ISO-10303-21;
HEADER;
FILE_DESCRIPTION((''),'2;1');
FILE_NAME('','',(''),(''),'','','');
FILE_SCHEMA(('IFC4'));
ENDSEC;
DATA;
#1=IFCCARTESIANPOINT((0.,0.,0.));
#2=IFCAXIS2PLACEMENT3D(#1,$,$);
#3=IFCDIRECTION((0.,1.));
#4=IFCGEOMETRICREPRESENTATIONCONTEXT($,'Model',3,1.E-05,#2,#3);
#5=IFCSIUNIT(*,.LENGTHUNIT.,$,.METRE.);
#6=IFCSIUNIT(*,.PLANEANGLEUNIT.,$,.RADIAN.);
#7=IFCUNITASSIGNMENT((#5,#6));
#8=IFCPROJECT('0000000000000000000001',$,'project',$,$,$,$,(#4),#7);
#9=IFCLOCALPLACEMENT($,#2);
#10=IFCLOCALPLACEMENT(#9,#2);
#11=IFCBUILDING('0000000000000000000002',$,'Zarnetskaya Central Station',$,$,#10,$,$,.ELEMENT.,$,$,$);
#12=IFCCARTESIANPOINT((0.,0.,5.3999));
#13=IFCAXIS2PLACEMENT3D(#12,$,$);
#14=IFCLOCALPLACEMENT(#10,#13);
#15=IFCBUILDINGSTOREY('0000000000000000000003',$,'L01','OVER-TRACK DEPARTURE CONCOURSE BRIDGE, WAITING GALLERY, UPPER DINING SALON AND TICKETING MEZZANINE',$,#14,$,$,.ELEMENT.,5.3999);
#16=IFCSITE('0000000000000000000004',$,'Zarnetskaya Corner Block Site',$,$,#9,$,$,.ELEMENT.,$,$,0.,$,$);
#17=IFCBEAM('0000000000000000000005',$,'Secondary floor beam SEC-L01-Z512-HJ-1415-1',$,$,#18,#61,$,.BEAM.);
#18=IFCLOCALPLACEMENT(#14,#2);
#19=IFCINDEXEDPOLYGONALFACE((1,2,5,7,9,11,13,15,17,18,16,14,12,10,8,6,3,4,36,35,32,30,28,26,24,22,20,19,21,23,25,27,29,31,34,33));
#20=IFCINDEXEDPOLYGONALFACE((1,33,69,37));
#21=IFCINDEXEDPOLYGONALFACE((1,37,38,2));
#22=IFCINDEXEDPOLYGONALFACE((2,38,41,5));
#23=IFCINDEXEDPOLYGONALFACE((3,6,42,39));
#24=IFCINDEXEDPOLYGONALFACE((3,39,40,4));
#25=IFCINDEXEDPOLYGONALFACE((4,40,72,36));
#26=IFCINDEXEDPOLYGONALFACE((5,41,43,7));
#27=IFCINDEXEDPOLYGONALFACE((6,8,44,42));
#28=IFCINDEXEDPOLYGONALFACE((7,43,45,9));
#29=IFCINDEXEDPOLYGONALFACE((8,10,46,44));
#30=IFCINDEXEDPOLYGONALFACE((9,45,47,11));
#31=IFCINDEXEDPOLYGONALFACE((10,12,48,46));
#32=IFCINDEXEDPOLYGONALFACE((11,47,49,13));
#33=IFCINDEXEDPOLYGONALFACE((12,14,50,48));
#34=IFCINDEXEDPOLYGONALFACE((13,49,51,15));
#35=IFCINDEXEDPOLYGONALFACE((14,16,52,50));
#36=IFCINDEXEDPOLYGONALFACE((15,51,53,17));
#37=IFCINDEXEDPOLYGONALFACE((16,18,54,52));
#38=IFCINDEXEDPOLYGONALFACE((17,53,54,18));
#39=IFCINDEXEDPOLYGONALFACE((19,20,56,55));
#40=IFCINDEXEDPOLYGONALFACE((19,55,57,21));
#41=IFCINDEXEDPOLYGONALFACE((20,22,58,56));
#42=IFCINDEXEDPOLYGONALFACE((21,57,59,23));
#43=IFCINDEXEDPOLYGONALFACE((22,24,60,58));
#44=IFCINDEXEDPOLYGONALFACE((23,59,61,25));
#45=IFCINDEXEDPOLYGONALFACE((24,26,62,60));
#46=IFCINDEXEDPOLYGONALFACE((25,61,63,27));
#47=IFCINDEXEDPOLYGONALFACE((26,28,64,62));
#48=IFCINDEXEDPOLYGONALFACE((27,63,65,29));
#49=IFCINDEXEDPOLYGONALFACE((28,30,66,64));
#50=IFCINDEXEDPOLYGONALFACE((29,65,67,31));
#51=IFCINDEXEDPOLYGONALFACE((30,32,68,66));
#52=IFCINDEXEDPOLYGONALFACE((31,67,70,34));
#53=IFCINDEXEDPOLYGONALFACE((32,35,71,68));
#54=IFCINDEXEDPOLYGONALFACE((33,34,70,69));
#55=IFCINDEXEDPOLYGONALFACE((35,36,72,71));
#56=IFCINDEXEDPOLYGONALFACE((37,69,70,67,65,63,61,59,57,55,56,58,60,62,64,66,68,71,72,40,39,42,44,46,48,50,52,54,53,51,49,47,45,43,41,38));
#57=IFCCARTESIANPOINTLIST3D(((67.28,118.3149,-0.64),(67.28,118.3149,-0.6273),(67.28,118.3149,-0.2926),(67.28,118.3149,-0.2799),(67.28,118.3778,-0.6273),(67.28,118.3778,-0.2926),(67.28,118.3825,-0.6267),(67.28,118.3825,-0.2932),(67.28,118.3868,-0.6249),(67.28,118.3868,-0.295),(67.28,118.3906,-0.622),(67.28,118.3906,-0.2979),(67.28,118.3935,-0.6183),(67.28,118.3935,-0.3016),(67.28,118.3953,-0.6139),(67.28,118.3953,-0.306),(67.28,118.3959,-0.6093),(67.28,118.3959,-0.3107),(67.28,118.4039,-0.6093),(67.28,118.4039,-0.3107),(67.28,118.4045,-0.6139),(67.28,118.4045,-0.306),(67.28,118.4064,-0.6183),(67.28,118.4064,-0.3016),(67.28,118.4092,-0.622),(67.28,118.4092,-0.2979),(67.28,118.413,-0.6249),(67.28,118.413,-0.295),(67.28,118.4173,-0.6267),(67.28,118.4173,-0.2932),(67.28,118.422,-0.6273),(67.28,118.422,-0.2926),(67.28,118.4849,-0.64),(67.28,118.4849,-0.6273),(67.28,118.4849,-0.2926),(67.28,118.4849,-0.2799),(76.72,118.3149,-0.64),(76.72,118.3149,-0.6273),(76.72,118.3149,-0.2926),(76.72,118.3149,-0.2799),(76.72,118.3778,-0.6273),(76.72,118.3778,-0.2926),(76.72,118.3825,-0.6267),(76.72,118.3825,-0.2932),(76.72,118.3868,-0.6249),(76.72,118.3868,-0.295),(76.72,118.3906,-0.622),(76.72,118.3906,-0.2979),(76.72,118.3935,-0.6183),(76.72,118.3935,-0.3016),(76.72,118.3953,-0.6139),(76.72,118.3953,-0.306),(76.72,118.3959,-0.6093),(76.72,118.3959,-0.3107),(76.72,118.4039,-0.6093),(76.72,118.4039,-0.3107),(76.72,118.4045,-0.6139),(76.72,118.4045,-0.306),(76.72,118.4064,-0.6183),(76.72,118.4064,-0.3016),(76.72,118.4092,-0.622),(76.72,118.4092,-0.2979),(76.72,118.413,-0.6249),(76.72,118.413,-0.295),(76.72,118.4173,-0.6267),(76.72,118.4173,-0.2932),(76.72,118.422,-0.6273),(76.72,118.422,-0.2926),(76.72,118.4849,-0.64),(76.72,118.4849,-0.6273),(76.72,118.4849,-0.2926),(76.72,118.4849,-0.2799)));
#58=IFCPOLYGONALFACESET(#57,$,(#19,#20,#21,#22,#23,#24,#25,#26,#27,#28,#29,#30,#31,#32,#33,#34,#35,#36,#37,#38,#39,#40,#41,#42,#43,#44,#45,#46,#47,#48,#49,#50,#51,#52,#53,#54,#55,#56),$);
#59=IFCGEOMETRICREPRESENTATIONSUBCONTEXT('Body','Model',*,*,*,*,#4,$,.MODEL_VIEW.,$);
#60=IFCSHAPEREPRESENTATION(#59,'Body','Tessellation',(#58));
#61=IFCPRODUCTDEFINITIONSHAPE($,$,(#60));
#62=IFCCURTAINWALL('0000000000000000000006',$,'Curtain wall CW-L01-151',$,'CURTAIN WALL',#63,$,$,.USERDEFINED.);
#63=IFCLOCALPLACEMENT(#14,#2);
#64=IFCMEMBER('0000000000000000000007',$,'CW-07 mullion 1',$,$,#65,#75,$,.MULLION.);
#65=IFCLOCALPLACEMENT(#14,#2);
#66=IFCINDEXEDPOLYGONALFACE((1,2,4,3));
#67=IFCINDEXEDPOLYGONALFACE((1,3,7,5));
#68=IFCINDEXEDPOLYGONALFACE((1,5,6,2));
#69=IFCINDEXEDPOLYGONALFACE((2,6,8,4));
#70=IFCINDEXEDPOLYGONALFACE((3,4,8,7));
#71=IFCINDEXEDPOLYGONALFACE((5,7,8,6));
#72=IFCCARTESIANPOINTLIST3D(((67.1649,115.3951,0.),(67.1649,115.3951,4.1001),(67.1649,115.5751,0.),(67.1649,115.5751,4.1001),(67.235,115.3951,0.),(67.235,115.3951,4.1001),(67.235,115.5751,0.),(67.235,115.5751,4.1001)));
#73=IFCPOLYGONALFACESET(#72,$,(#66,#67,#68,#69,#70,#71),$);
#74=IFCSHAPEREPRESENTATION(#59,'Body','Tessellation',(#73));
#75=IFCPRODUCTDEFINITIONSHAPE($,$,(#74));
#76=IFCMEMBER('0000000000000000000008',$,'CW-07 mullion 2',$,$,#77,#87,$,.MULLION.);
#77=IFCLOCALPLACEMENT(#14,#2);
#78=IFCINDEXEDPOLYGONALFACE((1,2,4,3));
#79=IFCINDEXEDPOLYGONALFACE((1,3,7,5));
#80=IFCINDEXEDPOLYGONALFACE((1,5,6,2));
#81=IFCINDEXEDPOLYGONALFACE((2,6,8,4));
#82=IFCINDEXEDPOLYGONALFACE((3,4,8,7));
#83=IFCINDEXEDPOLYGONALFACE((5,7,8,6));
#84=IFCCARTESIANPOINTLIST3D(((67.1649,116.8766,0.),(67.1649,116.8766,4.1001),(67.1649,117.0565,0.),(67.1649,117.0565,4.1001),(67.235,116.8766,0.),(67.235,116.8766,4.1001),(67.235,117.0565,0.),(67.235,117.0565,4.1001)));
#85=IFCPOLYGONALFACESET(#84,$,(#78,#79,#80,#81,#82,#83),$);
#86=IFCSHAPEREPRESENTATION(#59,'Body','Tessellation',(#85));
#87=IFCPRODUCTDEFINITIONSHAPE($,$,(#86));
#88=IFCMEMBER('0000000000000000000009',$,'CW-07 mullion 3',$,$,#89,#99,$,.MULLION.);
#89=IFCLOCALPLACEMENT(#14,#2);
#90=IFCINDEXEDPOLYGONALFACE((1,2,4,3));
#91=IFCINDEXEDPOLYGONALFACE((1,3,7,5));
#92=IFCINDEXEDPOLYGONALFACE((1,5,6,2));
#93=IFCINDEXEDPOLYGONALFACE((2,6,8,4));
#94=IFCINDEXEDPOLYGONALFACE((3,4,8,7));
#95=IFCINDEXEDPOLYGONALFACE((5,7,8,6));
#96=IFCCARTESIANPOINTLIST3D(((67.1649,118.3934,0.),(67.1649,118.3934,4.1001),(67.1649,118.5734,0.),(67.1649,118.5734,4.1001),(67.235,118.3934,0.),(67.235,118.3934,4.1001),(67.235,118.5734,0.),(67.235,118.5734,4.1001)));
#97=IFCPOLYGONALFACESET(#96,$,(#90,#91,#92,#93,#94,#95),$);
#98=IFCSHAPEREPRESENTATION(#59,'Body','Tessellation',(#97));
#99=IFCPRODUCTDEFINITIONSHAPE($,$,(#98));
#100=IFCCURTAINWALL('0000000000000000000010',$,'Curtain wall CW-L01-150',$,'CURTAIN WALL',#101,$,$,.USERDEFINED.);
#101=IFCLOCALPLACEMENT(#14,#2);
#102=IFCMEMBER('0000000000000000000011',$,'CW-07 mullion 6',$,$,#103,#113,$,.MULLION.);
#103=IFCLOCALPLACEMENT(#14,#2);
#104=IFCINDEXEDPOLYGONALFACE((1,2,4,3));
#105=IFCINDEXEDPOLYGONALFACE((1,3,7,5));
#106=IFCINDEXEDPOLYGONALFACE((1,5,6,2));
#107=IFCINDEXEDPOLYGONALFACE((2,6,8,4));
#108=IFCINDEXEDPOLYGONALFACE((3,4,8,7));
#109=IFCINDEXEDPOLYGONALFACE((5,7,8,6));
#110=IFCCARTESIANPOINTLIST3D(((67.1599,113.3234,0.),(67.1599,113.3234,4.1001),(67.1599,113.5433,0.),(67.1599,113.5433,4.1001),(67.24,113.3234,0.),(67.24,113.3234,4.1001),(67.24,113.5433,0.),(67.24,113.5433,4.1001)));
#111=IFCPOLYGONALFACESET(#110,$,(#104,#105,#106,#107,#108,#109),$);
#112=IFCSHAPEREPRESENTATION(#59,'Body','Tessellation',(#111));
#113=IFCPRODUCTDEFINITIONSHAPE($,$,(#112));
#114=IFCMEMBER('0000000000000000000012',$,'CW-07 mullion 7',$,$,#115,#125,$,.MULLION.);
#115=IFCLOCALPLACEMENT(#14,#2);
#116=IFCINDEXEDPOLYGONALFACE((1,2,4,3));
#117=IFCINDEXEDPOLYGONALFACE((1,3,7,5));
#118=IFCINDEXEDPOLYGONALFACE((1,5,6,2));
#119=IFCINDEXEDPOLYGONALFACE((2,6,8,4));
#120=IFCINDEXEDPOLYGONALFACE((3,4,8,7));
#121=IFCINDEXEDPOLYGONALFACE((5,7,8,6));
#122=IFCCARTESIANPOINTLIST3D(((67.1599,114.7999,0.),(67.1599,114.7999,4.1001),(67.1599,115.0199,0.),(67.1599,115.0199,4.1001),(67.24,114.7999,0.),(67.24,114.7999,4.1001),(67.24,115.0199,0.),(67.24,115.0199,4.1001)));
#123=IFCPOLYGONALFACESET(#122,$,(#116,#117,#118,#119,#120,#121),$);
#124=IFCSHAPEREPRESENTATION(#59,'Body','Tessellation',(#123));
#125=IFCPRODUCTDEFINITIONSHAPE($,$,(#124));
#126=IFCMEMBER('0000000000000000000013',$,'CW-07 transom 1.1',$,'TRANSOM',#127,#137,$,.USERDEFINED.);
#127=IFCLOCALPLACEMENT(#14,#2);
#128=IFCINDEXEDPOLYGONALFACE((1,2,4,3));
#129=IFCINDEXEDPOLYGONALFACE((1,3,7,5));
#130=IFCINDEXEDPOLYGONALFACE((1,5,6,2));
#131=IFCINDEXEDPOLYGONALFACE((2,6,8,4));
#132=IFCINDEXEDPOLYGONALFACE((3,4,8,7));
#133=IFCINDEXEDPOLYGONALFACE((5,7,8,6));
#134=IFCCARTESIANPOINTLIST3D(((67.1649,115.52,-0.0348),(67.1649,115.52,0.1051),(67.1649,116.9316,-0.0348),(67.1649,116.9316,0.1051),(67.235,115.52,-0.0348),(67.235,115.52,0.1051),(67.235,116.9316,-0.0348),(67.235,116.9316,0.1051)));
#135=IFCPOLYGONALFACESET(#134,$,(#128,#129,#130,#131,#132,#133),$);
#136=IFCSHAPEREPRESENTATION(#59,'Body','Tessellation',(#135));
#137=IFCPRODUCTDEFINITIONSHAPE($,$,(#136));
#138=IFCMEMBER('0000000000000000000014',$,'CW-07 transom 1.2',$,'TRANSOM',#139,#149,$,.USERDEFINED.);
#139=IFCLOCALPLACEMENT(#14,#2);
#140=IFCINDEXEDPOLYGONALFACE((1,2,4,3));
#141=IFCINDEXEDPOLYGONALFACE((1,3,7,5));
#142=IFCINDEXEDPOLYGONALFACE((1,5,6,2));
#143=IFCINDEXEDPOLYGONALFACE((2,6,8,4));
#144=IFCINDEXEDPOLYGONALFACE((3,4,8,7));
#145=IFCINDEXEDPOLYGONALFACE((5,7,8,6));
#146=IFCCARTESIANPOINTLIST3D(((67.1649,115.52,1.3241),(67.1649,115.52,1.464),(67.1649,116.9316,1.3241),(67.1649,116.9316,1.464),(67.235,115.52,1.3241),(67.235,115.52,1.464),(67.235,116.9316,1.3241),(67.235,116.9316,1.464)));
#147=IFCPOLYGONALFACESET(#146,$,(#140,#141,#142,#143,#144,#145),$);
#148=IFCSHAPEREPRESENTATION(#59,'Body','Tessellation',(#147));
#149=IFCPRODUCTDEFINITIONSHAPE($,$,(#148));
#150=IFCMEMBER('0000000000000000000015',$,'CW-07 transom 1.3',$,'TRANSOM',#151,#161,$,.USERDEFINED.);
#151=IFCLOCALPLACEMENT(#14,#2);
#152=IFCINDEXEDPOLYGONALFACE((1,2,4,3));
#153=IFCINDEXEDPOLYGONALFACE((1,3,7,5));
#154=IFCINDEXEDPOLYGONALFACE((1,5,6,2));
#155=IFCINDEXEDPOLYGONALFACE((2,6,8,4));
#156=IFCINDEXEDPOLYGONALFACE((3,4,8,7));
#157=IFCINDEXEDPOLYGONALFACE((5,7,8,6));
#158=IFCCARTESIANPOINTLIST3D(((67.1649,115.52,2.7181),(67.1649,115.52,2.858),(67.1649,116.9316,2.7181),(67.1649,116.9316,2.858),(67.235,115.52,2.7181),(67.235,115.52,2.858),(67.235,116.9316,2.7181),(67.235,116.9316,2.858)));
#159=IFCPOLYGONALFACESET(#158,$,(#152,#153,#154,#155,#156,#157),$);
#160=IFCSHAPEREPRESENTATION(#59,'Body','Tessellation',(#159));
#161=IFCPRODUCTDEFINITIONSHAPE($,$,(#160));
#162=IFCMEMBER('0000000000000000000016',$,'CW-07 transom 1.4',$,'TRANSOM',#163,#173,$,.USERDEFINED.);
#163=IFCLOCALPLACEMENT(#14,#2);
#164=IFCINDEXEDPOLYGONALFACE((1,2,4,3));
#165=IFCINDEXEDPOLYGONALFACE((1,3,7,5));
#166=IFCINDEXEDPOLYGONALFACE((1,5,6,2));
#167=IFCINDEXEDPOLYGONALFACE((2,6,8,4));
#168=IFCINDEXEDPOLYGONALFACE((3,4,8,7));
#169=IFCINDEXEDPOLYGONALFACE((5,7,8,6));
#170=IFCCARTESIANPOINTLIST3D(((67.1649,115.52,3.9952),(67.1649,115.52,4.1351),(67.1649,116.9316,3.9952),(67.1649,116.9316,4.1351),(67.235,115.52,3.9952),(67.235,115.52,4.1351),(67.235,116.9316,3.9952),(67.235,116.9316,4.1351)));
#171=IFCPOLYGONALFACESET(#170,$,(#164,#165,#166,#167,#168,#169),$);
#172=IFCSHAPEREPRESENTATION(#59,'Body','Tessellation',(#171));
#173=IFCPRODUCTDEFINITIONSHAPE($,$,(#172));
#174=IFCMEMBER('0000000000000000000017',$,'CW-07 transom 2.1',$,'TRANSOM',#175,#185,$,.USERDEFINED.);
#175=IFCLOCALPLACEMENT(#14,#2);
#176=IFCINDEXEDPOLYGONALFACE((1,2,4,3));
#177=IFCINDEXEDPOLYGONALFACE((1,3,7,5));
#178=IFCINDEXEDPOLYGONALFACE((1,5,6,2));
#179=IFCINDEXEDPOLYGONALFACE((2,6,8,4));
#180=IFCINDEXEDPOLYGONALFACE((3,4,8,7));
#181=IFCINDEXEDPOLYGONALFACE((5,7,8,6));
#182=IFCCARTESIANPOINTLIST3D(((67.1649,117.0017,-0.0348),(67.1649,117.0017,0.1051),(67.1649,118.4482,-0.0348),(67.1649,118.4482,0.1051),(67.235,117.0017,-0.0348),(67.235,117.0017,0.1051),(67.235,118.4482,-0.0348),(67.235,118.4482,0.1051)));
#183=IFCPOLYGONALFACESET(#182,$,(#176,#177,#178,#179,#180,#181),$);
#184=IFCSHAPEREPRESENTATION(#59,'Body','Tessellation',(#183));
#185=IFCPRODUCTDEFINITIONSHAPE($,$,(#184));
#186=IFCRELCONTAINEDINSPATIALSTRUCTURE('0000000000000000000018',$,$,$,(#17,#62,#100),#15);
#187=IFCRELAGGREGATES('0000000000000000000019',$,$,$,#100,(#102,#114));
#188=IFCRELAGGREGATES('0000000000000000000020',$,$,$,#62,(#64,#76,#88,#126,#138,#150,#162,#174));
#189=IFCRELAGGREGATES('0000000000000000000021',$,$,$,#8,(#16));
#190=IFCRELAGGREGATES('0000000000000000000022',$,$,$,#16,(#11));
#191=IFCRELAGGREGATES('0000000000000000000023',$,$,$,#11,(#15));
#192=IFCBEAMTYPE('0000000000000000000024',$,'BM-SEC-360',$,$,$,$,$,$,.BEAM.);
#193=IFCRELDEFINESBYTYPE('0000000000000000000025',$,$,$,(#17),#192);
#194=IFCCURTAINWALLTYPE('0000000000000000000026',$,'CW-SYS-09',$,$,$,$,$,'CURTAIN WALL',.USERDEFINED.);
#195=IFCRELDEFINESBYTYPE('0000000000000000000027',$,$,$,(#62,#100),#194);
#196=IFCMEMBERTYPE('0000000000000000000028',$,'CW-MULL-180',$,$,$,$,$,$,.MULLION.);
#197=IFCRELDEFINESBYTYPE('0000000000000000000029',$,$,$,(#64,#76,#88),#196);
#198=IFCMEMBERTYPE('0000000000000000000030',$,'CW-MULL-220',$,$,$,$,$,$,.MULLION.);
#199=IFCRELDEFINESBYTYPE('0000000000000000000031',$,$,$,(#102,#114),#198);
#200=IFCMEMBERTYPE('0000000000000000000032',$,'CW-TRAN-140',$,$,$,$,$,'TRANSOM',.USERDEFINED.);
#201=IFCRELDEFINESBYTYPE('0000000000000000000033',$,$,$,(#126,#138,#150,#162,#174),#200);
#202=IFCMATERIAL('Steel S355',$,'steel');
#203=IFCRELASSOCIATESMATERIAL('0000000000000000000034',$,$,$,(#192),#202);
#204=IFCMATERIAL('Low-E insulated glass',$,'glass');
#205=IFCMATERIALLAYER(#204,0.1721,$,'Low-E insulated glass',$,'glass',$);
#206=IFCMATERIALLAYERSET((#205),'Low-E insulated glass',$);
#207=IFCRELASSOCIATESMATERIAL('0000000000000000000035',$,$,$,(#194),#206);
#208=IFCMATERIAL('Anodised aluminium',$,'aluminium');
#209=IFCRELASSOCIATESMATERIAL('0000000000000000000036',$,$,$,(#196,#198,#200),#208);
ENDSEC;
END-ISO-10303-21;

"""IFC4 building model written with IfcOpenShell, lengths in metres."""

from ifc_helpers import new_model, si_unit, direction, frame, origin, origin_2d, place, context, subcontext, project, spatial, rectangle, i_section, extrude, material, layer, layer_set, material_profile, profile_set, type_object, element, aggregate, save


model = new_model("IFC4")

# Units and contexts
model_context = context("Model", 3, precision=1e-05, world=origin(), true_north=direction((0.0, 1.0)))
body_context = subcontext(model_context, "Body", "Model", "MODEL_VIEW")
ifc_project = project(units=[si_unit("LENGTHUNIT", "METRE"), si_unit("PLANEANGLEUNIT", "RADIAN")], contexts=[model_context])

# Site, building, storey
site_placement = place(None, origin())
site = spatial("IfcSite", under=ifc_project, at=site_placement, Name="Zarnetskaya Corner Block Site", CompositionType="ELEMENT", RefElevation=0.0)
building_placement = place(site_placement, origin())
building = spatial("IfcBuilding", under=site, at=building_placement, Name="Zarnetskaya Central Station", CompositionType="ELEMENT")
storey_placement = place(building_placement, frame((0.0, 0.0, 5.3999)))
storey = spatial("IfcBuildingStorey", under=building, at=storey_placement, Name="L01", Description="OVER-TRACK DEPARTURE CONCOURSE BRIDGE, WAITING GALLERY, UPPER DINING SALON AND TICKETING MEZZANINE", CompositionType="ELEMENT", Elevation=5.3999)

# Beam
ifc_material_1 = material(Name="Steel S355", Category="steel")
ifc_material_profile_1 = material_profile(ifc_material_1, i_section(OverallWidth=0.1699, OverallDepth=0.3601, WebThickness=0.0081, FlangeThickness=0.0127, FilletRadius=0.0181, at=origin_2d()), Name="IPE 360")
ifc_profile_set_1 = profile_set([ifc_material_profile_1], Name="Steel S355")
beam_type_1 = type_object("IfcBeamType", Name="BM-SEC-360", PredefinedType="BEAM", material=ifc_profile_set_1)
beam_1_placement = place(storey_placement, frame((67.28, 118.3999, -0.46), z_axis=(1.0, 0.0, 0.0), x_axis=(0.0, 1.0, 0.0)))
element("IfcBeam", 1, at=beam_1_placement, inside=storey, type_object=beam_type_1, Name="Secondary floor beam SEC-L01-Z512-HJ-1415-1", PredefinedType="BEAM", context=body_context, shape_type="SweptSolid", body=[
    extrude(i_section(OverallWidth=0.1699, OverallDepth=0.3601, WebThickness=0.0081, FlangeThickness=0.0127, FilletRadius=0.0181, at=origin_2d()), origin(), (0.0, 0.0, 1.0), 9.4399),
])

# Curtain walls, members
ifc_material_2 = material(Name="Low-E insulated glass", Category="glass")
ifc_layer_1 = layer(ifc_material_2, 0.1721, Name="Low-E insulated glass", Category="glass")
ifc_layer_set_1 = layer_set([ifc_layer_1], Name="Low-E insulated glass")
curtain_wall_type = type_object("IfcCurtainWallType", Name="CW-SYS-09", ElementType="CURTAIN WALL", PredefinedType="USERDEFINED", material=ifc_layer_set_1)
curtain_wall_1_placement = place(storey_placement, origin())
curtain_wall_1 = element("IfcCurtainWall", 2, at=curtain_wall_1_placement, inside=storey, type_object=curtain_wall_type, Name="Curtain wall CW-L01-151", ObjectType="CURTAIN WALL", PredefinedType="USERDEFINED")
ifc_material_3 = material(Name="Anodised aluminium", Category="aluminium")
ifc_material_profile_2 = material_profile(ifc_material_3, rectangle(XDim=0.0701, YDim=0.1799, at=origin_2d()), Name="ALU MULL 70x180")
ifc_profile_set_2 = profile_set([ifc_material_profile_2], Name="Anodised aluminium")
member_type_1 = type_object("IfcMemberType", Name="CW-MULL-180", PredefinedType="MULLION", material=ifc_profile_set_2)
member_1_placement = place(storey_placement, frame((67.2, 115.4851, 0.0), z_axis=(0.0, 0.0, 1.0), x_axis=(-1.0, 0.0, 0.0)))
member_1 = element("IfcMember", 3, at=member_1_placement, type_object=member_type_1, Name="CW-07 mullion 1", PredefinedType="MULLION", context=body_context, shape_type="SweptSolid", body=[
    extrude(rectangle(XDim=0.0701, YDim=0.1799, at=origin_2d()), origin(), (0.0, 0.0, 1.0), 4.1001),
])
member_2_placement = place(storey_placement, frame((67.2, 116.9666, 0.0), z_axis=(0.0, 0.0, 1.0), x_axis=(-1.0, 0.0, 0.0)))
member_2 = element("IfcMember", 4, at=member_2_placement, type_object=member_type_1, Name="CW-07 mullion 2", PredefinedType="MULLION", context=body_context, shape_type="SweptSolid", body=[
    extrude(rectangle(XDim=0.0701, YDim=0.1799, at=origin_2d()), origin(), (0.0, 0.0, 1.0), 4.1001),
])
member_3_placement = place(storey_placement, frame((67.2, 118.4834, 0.0), z_axis=(0.0, 0.0, 1.0), x_axis=(-1.0, 0.0, 0.0)))
member_3 = element("IfcMember", 5, at=member_3_placement, type_object=member_type_1, Name="CW-07 mullion 3", PredefinedType="MULLION", context=body_context, shape_type="SweptSolid", body=[
    extrude(rectangle(XDim=0.0701, YDim=0.1799, at=origin_2d()), origin(), (0.0, 0.0, 1.0), 4.1001),
])
curtain_wall_2_placement = place(storey_placement, origin())
curtain_wall_2 = element("IfcCurtainWall", 6, at=curtain_wall_2_placement, inside=storey, type_object=curtain_wall_type, Name="Curtain wall CW-L01-150", ObjectType="CURTAIN WALL", PredefinedType="USERDEFINED")
ifc_material_profile_3 = material_profile(ifc_material_3, rectangle(XDim=0.0801, YDim=0.22, at=origin_2d()), Name="ALU MULL 80x220")
ifc_profile_set_3 = profile_set([ifc_material_profile_3], Name="Anodised aluminium")
member_type_2 = type_object("IfcMemberType", Name="CW-MULL-220", PredefinedType="MULLION", material=ifc_profile_set_3)
member_4_placement = place(storey_placement, frame((67.2, 113.4333, 0.0), z_axis=(0.0, 0.0, 1.0), x_axis=(-1.0, 0.0, 0.0)))
member_4 = element("IfcMember", 7, at=member_4_placement, type_object=member_type_2, Name="CW-07 mullion 6", PredefinedType="MULLION", context=body_context, shape_type="SweptSolid", body=[
    extrude(rectangle(XDim=0.0801, YDim=0.22, at=origin_2d()), origin(), (0.0, 0.0, 1.0), 4.1001),
])
member_5_placement = place(storey_placement, frame((67.2, 114.9099, 0.0), z_axis=(0.0, 0.0, 1.0), x_axis=(-1.0, 0.0, 0.0)))
member_5 = element("IfcMember", 8, at=member_5_placement, type_object=member_type_2, Name="CW-07 mullion 7", PredefinedType="MULLION", context=body_context, shape_type="SweptSolid", body=[
    extrude(rectangle(XDim=0.0801, YDim=0.22, at=origin_2d()), origin(), (0.0, 0.0, 1.0), 4.1001),
])

# Members
ifc_material_profile_4 = material_profile(ifc_material_3, rectangle(XDim=0.0701, YDim=0.1399, at=origin_2d()), Name="ALU TRAN 70x140")
ifc_profile_set_4 = profile_set([ifc_material_profile_4], Name="Anodised aluminium")
member_type_3 = type_object("IfcMemberType", Name="CW-TRAN-140", ElementType="TRANSOM", PredefinedType="USERDEFINED", material=ifc_profile_set_4)
member_6_placement = place(storey_placement, frame((67.2, 115.52, 0.0352), z_axis=(0.0, 1.0, 0.0), x_axis=(-1.0, 0.0, 0.0)))
member_6 = element("IfcMember", 9, at=member_6_placement, type_object=member_type_3, Name="CW-07 transom 1.1", ObjectType="TRANSOM", PredefinedType="USERDEFINED", context=body_context, shape_type="SweptSolid", body=[
    extrude(rectangle(XDim=0.0701, YDim=0.1399, at=origin_2d()), origin(), (0.0, 0.0, 1.0), 1.4116),
])
member_7_placement = place(storey_placement, frame((67.2, 115.52, 1.394), z_axis=(0.0, 1.0, 0.0), x_axis=(-1.0, 0.0, 0.0)))
member_7 = element("IfcMember", 10, at=member_7_placement, type_object=member_type_3, Name="CW-07 transom 1.2", ObjectType="TRANSOM", PredefinedType="USERDEFINED", context=body_context, shape_type="SweptSolid", body=[
    extrude(rectangle(XDim=0.0701, YDim=0.1399, at=origin_2d()), origin(), (0.0, 0.0, 1.0), 1.4116),
])
member_8_placement = place(storey_placement, frame((67.2, 115.52, 2.7881), z_axis=(0.0, 1.0, 0.0), x_axis=(-1.0, 0.0, 0.0)))
member_8 = element("IfcMember", 11, at=member_8_placement, type_object=member_type_3, Name="CW-07 transom 1.3", ObjectType="TRANSOM", PredefinedType="USERDEFINED", context=body_context, shape_type="SweptSolid", body=[
    extrude(rectangle(XDim=0.0701, YDim=0.1399, at=origin_2d()), origin(), (0.0, 0.0, 1.0), 1.4116),
])
member_9_placement = place(storey_placement, frame((67.2, 115.52, 4.0652), z_axis=(0.0, 1.0, 0.0), x_axis=(-1.0, 0.0, 0.0)))
member_9 = element("IfcMember", 12, at=member_9_placement, type_object=member_type_3, Name="CW-07 transom 1.4", ObjectType="TRANSOM", PredefinedType="USERDEFINED", context=body_context, shape_type="SweptSolid", body=[
    extrude(rectangle(XDim=0.0701, YDim=0.1399, at=origin_2d()), origin(), (0.0, 0.0, 1.0), 1.4116),
])
member_10_placement = place(storey_placement, frame((67.2, 117.0017, 0.0352), z_axis=(0.0, 1.0, 0.0), x_axis=(-1.0, 0.0, 0.0)))
member_10 = element("IfcMember", 13, at=member_10_placement, type_object=member_type_3, Name="CW-07 transom 2.1", ObjectType="TRANSOM", PredefinedType="USERDEFINED", context=body_context, shape_type="SweptSolid", body=[
    extrude(rectangle(XDim=0.0701, YDim=0.1399, at=origin_2d()), origin(), (0.0, 0.0, 1.0), 1.4465),
])

aggregate(curtain_wall_2, [member_4, member_5])
aggregate(curtain_wall_1, [member_1, member_2, member_3, member_6, member_7, member_8, member_9, member_10])

save(model, "model.ifc")
